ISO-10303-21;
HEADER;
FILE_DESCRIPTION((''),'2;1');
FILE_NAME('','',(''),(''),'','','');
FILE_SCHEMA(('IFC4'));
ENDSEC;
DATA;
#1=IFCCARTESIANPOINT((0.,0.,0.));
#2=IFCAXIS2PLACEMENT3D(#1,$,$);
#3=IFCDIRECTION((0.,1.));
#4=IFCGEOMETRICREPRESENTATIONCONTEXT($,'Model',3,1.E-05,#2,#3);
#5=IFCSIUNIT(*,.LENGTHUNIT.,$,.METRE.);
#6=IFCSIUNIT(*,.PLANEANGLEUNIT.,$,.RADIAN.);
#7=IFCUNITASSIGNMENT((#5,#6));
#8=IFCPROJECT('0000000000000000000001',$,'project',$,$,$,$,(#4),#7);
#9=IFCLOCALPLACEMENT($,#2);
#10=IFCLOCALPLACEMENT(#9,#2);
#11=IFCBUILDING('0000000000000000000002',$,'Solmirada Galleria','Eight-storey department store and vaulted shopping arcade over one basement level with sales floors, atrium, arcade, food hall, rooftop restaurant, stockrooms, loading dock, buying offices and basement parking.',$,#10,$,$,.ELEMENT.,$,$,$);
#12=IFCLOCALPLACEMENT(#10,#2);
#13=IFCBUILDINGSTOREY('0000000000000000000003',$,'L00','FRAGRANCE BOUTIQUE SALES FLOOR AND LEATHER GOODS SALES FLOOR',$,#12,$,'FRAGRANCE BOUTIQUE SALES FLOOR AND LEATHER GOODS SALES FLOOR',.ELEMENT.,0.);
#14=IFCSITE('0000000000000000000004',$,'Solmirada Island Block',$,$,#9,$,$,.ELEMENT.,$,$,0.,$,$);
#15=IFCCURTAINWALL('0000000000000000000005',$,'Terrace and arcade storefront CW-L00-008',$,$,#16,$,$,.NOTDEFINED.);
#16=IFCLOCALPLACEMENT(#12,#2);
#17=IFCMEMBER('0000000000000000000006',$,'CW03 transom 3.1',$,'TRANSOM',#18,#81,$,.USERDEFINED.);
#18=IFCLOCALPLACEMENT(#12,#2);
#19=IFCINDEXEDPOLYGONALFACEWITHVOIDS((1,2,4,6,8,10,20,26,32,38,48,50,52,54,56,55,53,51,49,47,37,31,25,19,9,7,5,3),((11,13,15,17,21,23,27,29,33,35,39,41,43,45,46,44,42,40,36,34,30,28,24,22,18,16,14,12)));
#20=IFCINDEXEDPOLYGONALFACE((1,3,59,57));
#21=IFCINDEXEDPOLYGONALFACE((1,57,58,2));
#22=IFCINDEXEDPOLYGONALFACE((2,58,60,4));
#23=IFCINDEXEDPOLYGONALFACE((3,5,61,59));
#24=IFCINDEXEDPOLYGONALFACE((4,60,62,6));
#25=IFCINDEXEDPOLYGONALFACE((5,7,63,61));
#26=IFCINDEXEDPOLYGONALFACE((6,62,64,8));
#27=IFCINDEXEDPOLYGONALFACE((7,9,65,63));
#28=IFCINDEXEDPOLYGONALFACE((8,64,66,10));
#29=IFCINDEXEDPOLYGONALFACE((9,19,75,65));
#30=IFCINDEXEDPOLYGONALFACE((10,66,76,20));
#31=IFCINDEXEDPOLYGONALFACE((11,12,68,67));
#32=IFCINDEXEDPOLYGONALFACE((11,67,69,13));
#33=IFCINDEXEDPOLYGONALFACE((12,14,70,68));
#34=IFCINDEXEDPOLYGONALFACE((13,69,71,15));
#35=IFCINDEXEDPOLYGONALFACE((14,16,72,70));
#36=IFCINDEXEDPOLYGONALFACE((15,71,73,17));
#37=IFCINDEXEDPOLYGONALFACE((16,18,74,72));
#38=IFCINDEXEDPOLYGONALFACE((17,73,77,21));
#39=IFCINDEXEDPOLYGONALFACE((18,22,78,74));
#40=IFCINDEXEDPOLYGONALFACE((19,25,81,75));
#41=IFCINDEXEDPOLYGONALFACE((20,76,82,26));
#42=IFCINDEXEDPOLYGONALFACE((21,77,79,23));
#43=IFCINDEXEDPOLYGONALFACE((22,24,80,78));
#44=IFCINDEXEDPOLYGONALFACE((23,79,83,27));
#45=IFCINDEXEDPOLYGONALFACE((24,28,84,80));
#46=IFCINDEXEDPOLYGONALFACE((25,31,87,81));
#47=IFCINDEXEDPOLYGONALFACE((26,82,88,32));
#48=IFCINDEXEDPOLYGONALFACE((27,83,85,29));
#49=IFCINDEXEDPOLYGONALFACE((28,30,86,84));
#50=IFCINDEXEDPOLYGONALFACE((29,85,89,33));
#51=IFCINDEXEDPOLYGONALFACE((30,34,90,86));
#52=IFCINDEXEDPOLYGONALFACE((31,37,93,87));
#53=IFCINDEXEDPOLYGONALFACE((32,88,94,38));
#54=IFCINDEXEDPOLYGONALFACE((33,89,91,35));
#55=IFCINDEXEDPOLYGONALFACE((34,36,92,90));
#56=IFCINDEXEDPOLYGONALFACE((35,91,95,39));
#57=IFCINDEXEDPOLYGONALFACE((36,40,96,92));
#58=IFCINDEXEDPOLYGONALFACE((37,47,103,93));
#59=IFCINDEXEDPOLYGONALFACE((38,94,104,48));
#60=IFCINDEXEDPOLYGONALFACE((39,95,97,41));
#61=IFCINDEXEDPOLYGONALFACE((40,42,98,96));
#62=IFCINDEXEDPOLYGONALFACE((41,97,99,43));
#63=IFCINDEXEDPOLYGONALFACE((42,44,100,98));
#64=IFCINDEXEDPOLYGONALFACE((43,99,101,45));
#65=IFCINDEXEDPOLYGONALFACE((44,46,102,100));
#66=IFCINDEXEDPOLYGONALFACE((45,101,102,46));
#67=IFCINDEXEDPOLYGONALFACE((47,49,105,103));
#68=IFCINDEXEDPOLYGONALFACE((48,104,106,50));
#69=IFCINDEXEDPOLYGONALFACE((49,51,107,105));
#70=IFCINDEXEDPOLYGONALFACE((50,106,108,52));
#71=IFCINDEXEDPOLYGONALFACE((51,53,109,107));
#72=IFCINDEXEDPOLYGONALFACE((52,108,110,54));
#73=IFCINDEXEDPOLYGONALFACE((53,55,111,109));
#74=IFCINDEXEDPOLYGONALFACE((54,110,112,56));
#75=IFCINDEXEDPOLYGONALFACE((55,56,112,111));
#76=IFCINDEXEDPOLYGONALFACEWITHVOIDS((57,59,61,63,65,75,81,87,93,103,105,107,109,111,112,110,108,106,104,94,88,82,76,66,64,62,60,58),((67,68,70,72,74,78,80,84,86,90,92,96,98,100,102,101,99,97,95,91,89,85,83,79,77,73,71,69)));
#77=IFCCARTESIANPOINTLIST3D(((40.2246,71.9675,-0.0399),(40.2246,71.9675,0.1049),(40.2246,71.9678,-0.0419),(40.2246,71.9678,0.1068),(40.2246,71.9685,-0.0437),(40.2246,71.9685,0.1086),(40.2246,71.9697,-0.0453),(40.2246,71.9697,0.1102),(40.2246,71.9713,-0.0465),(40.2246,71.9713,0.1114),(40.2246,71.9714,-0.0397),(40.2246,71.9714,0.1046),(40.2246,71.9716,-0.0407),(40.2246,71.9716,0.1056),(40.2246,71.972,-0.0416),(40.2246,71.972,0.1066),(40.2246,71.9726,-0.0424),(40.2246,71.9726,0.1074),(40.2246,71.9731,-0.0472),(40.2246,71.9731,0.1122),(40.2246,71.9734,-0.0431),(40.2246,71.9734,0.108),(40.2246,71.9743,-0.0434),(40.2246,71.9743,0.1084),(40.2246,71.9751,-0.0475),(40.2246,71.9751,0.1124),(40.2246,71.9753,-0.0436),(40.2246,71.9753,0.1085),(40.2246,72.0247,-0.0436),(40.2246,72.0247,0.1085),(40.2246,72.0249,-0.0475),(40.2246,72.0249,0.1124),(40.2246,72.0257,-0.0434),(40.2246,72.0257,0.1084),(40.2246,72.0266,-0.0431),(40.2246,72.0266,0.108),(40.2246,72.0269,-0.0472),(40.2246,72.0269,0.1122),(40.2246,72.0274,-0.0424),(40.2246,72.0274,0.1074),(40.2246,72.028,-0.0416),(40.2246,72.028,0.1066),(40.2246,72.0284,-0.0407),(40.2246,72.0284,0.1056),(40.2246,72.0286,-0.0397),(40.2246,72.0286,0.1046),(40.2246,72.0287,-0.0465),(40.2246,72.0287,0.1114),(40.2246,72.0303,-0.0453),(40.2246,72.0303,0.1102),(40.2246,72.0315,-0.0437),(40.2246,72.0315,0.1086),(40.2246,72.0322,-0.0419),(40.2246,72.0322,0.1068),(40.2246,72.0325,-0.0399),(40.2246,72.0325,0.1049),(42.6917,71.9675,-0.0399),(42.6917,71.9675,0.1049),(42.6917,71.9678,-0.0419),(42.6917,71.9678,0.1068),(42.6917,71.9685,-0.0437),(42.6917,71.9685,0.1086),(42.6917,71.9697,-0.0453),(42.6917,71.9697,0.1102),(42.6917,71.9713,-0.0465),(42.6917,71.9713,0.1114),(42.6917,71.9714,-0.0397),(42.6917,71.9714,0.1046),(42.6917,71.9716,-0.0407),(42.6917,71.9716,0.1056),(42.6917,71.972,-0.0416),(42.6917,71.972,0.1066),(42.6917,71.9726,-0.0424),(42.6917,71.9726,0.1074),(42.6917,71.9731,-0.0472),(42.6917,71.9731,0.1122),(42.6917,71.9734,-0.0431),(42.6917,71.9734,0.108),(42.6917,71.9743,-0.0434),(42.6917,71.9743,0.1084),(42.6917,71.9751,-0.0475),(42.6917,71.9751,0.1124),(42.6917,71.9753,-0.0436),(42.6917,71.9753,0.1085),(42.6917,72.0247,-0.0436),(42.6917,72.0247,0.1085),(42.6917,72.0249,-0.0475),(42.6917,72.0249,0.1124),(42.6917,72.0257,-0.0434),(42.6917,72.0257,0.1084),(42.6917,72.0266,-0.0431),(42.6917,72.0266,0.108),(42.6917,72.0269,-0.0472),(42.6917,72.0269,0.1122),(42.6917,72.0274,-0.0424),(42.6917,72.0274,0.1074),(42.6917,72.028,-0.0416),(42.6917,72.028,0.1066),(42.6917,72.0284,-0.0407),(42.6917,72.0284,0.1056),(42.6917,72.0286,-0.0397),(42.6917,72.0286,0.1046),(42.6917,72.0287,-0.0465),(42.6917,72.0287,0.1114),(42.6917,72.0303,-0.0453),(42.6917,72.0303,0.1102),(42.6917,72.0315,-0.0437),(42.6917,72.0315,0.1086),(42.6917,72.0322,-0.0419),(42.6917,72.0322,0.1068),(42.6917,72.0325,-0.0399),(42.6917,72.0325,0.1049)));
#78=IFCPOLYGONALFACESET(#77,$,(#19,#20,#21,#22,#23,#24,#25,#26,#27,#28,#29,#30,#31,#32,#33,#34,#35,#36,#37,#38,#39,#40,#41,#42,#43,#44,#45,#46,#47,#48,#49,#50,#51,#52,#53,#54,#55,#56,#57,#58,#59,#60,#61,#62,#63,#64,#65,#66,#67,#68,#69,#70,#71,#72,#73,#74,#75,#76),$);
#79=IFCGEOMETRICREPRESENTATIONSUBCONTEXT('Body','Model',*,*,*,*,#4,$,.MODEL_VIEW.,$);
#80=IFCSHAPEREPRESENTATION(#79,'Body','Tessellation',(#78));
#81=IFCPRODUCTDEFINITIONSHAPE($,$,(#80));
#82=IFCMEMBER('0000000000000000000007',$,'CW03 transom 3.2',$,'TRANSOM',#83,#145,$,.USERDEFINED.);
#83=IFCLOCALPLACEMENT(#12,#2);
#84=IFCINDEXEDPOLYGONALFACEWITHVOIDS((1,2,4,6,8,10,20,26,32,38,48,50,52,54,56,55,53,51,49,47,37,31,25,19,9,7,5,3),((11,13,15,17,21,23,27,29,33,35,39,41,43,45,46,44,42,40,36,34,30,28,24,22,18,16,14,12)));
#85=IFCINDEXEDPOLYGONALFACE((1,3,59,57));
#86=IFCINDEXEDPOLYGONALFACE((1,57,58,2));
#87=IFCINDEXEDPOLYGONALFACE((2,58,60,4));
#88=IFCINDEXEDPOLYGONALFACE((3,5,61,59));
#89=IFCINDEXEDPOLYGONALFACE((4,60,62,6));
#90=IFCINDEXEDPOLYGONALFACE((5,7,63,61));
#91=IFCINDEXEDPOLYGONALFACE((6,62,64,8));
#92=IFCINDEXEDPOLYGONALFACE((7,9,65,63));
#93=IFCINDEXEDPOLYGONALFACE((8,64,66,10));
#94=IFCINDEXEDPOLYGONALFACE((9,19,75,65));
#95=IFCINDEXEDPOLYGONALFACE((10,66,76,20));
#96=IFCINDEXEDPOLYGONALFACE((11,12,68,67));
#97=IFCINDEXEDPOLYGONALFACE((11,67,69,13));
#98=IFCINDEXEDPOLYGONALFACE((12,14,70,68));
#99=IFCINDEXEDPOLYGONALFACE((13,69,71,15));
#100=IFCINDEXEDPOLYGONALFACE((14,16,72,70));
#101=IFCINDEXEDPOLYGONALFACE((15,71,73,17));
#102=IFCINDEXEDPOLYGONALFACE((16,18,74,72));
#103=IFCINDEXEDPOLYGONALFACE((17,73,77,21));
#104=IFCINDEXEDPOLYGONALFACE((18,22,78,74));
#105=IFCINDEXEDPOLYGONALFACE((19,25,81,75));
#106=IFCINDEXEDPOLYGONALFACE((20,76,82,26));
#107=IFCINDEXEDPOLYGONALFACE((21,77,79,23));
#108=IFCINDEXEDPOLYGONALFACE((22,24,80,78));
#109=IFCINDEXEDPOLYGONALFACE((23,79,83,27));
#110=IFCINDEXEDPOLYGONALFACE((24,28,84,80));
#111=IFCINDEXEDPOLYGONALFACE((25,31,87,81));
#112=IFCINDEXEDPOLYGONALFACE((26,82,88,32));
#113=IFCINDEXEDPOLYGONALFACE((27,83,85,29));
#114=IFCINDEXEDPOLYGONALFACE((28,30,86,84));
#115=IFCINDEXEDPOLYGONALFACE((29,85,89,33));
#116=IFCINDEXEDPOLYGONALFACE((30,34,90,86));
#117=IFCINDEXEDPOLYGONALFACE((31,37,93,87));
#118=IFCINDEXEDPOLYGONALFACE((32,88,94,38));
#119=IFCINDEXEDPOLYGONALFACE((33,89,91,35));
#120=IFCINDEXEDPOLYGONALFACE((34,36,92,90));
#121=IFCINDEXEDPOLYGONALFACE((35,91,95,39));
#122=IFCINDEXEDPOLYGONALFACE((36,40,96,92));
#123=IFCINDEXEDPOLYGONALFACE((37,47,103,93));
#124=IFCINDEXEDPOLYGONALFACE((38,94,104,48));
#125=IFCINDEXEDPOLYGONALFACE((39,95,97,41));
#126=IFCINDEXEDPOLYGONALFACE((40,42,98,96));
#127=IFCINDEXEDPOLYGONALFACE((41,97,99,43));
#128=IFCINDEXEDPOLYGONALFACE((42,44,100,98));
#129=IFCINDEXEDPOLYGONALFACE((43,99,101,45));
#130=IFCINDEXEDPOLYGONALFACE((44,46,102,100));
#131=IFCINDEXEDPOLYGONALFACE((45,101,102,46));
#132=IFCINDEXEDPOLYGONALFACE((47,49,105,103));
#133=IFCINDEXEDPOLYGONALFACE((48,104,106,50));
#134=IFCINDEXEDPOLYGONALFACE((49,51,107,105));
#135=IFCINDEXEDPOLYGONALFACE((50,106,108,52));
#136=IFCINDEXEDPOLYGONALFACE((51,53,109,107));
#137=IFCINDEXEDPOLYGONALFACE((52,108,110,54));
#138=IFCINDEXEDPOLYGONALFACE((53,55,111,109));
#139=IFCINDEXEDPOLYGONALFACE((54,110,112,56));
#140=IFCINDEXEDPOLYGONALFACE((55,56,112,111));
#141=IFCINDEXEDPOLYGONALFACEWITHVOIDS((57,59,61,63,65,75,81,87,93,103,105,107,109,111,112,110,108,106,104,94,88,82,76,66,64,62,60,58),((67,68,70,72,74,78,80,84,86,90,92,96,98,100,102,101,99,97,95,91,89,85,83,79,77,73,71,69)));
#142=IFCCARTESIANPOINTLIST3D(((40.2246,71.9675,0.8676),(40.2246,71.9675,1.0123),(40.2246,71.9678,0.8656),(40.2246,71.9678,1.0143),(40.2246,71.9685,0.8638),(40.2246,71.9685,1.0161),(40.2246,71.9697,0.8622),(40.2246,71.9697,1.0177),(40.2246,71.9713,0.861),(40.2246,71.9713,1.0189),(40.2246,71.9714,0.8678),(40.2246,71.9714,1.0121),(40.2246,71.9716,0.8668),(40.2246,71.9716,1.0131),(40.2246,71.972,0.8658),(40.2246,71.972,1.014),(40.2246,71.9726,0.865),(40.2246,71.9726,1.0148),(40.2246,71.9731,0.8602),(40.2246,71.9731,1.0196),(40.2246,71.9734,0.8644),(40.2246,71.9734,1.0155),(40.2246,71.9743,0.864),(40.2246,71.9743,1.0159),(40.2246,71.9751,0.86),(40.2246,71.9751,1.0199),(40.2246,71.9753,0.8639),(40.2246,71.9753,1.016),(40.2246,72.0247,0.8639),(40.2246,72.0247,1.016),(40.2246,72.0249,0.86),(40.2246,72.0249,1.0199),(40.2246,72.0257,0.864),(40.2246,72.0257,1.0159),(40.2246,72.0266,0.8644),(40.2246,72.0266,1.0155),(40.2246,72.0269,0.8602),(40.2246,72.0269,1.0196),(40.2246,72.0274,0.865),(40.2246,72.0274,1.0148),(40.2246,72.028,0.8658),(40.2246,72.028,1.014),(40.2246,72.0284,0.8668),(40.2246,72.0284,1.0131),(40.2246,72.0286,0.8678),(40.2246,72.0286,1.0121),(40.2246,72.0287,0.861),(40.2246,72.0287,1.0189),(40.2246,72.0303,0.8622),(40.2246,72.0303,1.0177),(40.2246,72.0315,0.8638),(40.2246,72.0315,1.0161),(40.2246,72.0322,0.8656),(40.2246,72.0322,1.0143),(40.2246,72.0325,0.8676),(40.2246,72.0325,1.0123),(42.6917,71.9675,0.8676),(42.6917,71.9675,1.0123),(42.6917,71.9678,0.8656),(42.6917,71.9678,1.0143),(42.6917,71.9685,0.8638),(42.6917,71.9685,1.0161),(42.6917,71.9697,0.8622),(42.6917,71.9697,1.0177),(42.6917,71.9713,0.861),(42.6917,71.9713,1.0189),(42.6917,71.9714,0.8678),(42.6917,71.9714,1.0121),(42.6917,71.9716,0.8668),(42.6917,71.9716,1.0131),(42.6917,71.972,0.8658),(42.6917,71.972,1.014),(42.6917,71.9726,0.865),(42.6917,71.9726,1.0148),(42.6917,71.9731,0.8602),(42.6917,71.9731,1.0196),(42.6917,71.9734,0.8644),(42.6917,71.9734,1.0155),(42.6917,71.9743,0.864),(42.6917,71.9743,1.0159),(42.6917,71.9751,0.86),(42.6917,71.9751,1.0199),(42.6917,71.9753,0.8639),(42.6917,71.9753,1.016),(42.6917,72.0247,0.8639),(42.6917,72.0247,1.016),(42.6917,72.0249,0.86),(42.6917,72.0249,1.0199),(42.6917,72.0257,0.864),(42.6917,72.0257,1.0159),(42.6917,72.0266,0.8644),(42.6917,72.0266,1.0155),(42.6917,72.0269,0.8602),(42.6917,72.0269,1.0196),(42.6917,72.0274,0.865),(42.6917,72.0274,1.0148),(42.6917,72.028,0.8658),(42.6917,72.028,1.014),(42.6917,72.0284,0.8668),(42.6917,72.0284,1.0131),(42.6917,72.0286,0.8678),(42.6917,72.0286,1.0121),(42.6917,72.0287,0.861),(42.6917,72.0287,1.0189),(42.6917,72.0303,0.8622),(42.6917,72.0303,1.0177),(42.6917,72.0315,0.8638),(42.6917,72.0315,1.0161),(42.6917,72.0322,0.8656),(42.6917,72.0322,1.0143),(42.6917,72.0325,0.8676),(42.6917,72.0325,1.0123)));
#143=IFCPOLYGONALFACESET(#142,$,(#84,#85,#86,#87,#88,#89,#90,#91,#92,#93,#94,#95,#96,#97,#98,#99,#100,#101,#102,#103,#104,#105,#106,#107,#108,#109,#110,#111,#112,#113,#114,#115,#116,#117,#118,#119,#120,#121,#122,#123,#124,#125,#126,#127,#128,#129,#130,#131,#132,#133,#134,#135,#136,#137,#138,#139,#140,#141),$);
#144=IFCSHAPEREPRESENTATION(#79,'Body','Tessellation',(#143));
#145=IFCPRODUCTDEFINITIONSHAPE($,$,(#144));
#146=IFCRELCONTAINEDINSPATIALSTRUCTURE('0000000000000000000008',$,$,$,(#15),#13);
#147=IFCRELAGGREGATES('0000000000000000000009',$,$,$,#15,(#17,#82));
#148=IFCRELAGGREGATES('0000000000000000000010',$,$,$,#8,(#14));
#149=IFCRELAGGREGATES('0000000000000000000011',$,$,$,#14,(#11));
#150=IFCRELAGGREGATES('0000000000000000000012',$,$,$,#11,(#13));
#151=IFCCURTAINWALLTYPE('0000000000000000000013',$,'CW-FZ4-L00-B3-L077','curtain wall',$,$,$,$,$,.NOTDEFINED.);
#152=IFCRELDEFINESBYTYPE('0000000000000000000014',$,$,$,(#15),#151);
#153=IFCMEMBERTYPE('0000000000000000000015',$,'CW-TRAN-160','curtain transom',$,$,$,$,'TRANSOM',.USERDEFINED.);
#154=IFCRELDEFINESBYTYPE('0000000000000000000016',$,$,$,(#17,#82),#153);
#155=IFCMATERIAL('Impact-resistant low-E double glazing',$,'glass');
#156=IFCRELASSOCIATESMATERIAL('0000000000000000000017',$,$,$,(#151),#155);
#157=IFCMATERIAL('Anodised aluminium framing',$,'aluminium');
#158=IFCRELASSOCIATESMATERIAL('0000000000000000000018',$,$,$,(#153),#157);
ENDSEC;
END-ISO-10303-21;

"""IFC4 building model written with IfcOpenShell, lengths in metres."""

from ifc_helpers import new_model, si_unit, direction, frame, origin, origin_2d, place, context, subcontext, project, spatial, hollow_rectangle, extrude, material, material_profile, profile_set, type_object, element, aggregate, save


model = new_model("IFC4")

# Units and contexts
model_context = context("Model", 3, precision=1e-05, world=origin(), true_north=direction((0.0, 1.0)))
body_context = subcontext(model_context, "Body", "Model", "MODEL_VIEW")
ifc_project = project(units=[si_unit("LENGTHUNIT", "METRE"), si_unit("PLANEANGLEUNIT", "RADIAN")], contexts=[model_context])

# Site, building, storey
site_placement = place(None, origin())
site = spatial("IfcSite", under=ifc_project, at=site_placement, Name="Solmirada Island Block", CompositionType="ELEMENT", RefElevation=0.0)
building_placement = place(site_placement, origin())
building = spatial("IfcBuilding", under=site, at=building_placement, Name="Solmirada Galleria", Description="Eight-storey department store and vaulted shopping arcade over one basement level with sales floors, atrium, arcade, food hall, rooftop restaurant, stockrooms, loading dock, buying offices and basement parking.", CompositionType="ELEMENT")
storey_placement = place(building_placement, origin())
storey = spatial("IfcBuildingStorey", under=building, at=storey_placement, Name="L00", Description="FRAGRANCE BOUTIQUE SALES FLOOR AND LEATHER GOODS SALES FLOOR", LongName="FRAGRANCE BOUTIQUE SALES FLOOR AND LEATHER GOODS SALES FLOOR", CompositionType="ELEMENT", Elevation=0.0)

# Curtain wall, members
ifc_material_1 = material(Name="Impact-resistant low-E double glazing", Category="glass")
curtain_wall_type = type_object("IfcCurtainWallType", Name="CW-FZ4-L00-B3-L077", Description="curtain wall", PredefinedType="NOTDEFINED", material=ifc_material_1)
curtain_wall_placement = place(storey_placement, origin())
curtain_wall = element("IfcCurtainWall", 1, at=curtain_wall_placement, inside=storey, type_object=curtain_wall_type, Name="Terrace and arcade storefront CW-L00-008", PredefinedType="NOTDEFINED")
ifc_material_2 = material(Name="Anodised aluminium framing", Category="aluminium")
ifc_material_profile_1 = material_profile(ifc_material_2, hollow_rectangle(XDim=0.0649, YDim=0.1599, WallThickness=0.0039, InnerFilletRadius=0.0039, OuterFilletRadius=0.0076, at=origin_2d()), Name="ALU-TRAN-160X65")
ifc_profile_set_1 = profile_set([ifc_material_profile_1], Name="Anodised aluminium framing")
member_type_1 = type_object("IfcMemberType", Name="CW-TRAN-160", Description="curtain transom", ElementType="TRANSOM", PredefinedType="USERDEFINED", material=ifc_profile_set_1)
member_1_placement = place(storey_placement, frame((42.6917, 72.0, 0.0325), z_axis=(-1.0, 0.0, 0.0), x_axis=(0.0, -1.0, 0.0)))
member_1 = element("IfcMember", 2, at=member_1_placement, type_object=member_type_1, Name="CW03 transom 3.1", ObjectType="TRANSOM", PredefinedType="USERDEFINED", context=body_context, shape_type="SweptSolid", body=[
    extrude(hollow_rectangle(XDim=0.0649, YDim=0.1599, WallThickness=0.0039, InnerFilletRadius=0.0039, OuterFilletRadius=0.0076, at=origin_2d()), origin(), (0.0, 0.0, 1.0), 2.467),
])
member_2_placement = place(storey_placement, frame((42.6917, 72.0, 0.9399), z_axis=(-1.0, 0.0, 0.0), x_axis=(0.0, -1.0, 0.0)))
member_2 = element("IfcMember", 3, at=member_2_placement, type_object=member_type_1, Name="CW03 transom 3.2", ObjectType="TRANSOM", PredefinedType="USERDEFINED", context=body_context, shape_type="SweptSolid", body=[
    extrude(hollow_rectangle(XDim=0.0649, YDim=0.1599, WallThickness=0.0039, InnerFilletRadius=0.0039, OuterFilletRadius=0.0076, at=origin_2d()), origin(), (0.0, 0.0, 1.0), 2.467),
])
aggregate(curtain_wall, [member_1, member_2])

save(model, "model.ifc")
